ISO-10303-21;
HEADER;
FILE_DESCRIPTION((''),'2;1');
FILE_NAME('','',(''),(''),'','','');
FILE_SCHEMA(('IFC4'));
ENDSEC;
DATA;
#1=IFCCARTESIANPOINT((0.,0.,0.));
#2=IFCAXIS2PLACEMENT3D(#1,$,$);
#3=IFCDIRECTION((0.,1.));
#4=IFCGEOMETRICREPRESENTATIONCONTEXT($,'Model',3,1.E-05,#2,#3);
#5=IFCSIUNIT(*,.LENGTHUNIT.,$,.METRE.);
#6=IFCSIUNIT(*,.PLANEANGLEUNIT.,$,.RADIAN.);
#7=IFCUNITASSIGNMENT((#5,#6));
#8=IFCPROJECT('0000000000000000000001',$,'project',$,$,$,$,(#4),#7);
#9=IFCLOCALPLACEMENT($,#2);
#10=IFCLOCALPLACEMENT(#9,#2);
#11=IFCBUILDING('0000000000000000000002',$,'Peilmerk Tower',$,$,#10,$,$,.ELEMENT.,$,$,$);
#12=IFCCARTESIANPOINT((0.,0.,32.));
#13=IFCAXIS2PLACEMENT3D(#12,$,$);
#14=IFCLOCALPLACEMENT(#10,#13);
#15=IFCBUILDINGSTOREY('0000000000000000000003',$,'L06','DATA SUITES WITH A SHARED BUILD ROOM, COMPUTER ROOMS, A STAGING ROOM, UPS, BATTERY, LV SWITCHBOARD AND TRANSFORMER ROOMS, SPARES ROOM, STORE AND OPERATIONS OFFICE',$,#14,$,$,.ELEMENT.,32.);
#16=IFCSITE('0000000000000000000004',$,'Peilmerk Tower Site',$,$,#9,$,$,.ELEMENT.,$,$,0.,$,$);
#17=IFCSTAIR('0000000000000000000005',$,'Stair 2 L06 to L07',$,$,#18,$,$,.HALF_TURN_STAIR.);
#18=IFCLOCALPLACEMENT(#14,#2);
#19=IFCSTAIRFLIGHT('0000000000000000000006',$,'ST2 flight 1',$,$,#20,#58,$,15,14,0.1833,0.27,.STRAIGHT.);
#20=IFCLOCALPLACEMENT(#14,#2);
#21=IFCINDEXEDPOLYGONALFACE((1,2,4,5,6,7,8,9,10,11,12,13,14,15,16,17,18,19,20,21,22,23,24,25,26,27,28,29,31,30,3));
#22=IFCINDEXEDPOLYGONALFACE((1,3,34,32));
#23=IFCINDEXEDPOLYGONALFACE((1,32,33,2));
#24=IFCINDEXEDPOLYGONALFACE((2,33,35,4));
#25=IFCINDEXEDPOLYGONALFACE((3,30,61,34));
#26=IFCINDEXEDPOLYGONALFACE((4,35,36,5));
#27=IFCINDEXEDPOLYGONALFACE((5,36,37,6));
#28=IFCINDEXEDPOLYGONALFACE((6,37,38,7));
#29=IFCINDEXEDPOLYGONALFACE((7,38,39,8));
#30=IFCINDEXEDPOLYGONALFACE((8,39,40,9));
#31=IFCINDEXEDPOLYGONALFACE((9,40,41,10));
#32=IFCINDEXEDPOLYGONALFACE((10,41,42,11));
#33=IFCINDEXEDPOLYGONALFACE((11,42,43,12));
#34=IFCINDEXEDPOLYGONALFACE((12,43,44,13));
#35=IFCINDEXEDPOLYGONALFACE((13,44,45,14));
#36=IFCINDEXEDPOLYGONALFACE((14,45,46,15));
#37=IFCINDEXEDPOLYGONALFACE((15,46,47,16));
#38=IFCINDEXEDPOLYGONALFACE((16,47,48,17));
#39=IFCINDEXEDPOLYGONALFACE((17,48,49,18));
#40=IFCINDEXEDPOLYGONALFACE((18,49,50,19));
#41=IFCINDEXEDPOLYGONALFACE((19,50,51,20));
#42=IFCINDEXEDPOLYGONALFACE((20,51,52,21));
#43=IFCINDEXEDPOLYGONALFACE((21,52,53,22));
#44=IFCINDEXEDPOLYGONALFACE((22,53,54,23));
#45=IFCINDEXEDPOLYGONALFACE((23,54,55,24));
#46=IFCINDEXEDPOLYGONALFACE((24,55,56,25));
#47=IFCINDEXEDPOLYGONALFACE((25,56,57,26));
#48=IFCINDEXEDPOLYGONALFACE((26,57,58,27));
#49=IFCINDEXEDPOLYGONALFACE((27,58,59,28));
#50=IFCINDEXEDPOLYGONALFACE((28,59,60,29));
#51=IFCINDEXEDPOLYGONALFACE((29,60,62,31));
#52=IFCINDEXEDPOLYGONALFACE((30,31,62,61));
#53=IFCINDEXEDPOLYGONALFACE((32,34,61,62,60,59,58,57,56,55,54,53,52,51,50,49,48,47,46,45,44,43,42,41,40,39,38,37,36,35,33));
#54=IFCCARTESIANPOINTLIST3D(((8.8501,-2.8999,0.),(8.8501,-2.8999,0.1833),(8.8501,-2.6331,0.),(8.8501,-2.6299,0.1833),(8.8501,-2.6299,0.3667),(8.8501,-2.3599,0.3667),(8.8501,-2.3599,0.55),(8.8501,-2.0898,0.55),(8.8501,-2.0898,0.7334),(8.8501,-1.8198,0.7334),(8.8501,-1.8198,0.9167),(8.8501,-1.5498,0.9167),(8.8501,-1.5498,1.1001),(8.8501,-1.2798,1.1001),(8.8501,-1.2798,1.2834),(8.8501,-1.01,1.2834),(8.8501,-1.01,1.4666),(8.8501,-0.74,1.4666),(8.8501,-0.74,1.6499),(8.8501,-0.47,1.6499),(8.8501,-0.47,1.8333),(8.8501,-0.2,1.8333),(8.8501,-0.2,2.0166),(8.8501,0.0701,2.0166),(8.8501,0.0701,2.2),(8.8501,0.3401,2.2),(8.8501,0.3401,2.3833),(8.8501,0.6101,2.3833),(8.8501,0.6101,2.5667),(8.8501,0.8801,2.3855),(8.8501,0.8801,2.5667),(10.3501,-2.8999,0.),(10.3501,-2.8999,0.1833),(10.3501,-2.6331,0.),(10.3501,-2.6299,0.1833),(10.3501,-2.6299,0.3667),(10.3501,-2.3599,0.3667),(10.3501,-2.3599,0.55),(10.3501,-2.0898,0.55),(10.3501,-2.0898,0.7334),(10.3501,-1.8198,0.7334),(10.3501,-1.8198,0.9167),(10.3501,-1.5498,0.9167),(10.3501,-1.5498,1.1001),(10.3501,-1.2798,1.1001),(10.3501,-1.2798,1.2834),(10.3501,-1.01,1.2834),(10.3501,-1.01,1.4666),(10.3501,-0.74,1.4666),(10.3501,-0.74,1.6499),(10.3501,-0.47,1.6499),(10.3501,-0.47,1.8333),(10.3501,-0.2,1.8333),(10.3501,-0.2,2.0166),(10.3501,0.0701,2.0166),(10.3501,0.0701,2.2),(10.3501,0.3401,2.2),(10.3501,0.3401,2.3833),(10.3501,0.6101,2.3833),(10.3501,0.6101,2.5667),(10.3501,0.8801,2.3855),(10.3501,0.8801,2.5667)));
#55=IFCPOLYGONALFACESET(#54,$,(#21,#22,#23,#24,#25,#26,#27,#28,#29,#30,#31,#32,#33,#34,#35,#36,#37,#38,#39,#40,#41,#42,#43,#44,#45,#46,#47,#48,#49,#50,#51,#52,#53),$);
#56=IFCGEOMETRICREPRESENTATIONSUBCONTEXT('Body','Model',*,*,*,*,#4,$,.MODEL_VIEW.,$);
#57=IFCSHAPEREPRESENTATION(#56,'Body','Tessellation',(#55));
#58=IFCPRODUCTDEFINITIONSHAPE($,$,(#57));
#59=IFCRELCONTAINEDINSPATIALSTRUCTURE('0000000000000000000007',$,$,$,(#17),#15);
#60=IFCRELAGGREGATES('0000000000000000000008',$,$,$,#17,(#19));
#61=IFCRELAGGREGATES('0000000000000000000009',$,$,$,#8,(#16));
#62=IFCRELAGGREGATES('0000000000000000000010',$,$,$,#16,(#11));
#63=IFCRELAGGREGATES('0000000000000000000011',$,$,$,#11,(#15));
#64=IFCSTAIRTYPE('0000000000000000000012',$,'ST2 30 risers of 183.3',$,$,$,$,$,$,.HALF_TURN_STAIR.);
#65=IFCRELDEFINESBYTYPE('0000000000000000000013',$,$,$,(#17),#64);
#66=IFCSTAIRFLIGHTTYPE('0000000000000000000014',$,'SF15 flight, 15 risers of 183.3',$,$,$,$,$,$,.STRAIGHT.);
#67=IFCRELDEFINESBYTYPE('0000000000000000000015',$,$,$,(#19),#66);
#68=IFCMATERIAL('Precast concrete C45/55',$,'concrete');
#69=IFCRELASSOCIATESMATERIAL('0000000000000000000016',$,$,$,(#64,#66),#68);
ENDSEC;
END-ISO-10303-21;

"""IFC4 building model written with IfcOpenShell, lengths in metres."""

from ifc_helpers import new_model, si_unit, direction, frame, origin, place, context, subcontext, project, spatial, polyline, outline, extrude, material, type_object, element, aggregate, save


model = new_model("IFC4")

# Units and contexts
model_context = context("Model", 3, precision=1e-05, world=origin(), true_north=direction((0.0, 1.0)))
body_context = subcontext(model_context, "Body", "Model", "MODEL_VIEW")
ifc_project = project(units=[si_unit("LENGTHUNIT", "METRE"), si_unit("PLANEANGLEUNIT", "RADIAN")], contexts=[model_context])

# Site, building, storey
site_placement = place(None, origin())
site = spatial("IfcSite", under=ifc_project, at=site_placement, Name="Peilmerk Tower Site", CompositionType="ELEMENT", RefElevation=0.0)
building_placement = place(site_placement, origin())
building = spatial("IfcBuilding", under=site, at=building_placement, Name="Peilmerk Tower", CompositionType="ELEMENT")
storey_placement = place(building_placement, frame((0.0, 0.0, 32.0)))
storey = spatial("IfcBuildingStorey", under=building, at=storey_placement, Name="L06", Description="DATA SUITES WITH A SHARED BUILD ROOM, COMPUTER ROOMS, A STAGING ROOM, UPS, BATTERY, LV SWITCHBOARD AND TRANSFORMER ROOMS, SPARES ROOM, STORE AND OPERATIONS OFFICE", CompositionType="ELEMENT", Elevation=32.0)

# Stair, stair flight
ifc_material_1 = material(Name="Precast concrete C45/55", Category="concrete")
stair_type = type_object("IfcStairType", Name="ST2 30 risers of 183.3", PredefinedType="HALF_TURN_STAIR", material=ifc_material_1)
stair_placement = place(storey_placement, origin())
stair = element("IfcStair", 1, at=stair_placement, inside=storey, type_object=stair_type, Name="Stair 2 L06 to L07", PredefinedType="HALF_TURN_STAIR")
stair_flight_type = type_object("IfcStairFlightType", Name="SF15 flight, 15 risers of 183.3", PredefinedType="STRAIGHT", material=ifc_material_1)
stair_flight_placement = place(storey_placement, frame((9.6001, -2.8999, 0.0), z_axis=(0.0, 0.0, 1.0), x_axis=(0.0, 1.0, 0.0)))
stair_flight = element("IfcStairFlight", 2, at=stair_flight_placement, type_object=stair_flight_type, Name="ST2 flight 1", NumberOfRisers=15, NumberOfTreads=14, PredefinedType="STRAIGHT", RiserHeight=0.1833, TreadLength=0.27, context=body_context, shape_type="SweptSolid", body=[
    extrude(outline(polyline([(0.0, 0.0), (0.0, 0.1833), (0.27, 0.1833), (0.27, 0.3667), (0.54, 0.3667), (0.54, 0.55), (0.8101, 0.55), (0.8101, 0.7334), (1.0801, 0.7334), (1.0801, 0.9167), (1.3501, 0.9167), (1.3501, 1.1001), (1.6201, 1.1001), (1.6201, 1.2834), (1.8899, 1.2834), (1.8899, 1.4666), (2.1599, 1.4666), (2.1599, 1.6499), (2.4299, 1.6499), (2.4299, 1.8333), (2.7, 1.8333), (2.7, 2.0166), (2.97, 2.0166), (2.97, 2.2), (3.24, 2.2), (3.24, 2.3833), (3.51, 2.3833), (3.51, 2.5667), (3.78, 2.5667), (3.78, 2.75), (3.78, 2.3855), (0.2668, 0.0), (0.0, 0.0)])), frame((0.0, 0.75, 0.0), z_axis=(0.0, -1.0, 0.0), x_axis=(1.0, 0.0, 0.0)), (0.0, 0.0, 1.0), 1.5),
])
aggregate(stair, [stair_flight])

save(model, "model.ifc")
